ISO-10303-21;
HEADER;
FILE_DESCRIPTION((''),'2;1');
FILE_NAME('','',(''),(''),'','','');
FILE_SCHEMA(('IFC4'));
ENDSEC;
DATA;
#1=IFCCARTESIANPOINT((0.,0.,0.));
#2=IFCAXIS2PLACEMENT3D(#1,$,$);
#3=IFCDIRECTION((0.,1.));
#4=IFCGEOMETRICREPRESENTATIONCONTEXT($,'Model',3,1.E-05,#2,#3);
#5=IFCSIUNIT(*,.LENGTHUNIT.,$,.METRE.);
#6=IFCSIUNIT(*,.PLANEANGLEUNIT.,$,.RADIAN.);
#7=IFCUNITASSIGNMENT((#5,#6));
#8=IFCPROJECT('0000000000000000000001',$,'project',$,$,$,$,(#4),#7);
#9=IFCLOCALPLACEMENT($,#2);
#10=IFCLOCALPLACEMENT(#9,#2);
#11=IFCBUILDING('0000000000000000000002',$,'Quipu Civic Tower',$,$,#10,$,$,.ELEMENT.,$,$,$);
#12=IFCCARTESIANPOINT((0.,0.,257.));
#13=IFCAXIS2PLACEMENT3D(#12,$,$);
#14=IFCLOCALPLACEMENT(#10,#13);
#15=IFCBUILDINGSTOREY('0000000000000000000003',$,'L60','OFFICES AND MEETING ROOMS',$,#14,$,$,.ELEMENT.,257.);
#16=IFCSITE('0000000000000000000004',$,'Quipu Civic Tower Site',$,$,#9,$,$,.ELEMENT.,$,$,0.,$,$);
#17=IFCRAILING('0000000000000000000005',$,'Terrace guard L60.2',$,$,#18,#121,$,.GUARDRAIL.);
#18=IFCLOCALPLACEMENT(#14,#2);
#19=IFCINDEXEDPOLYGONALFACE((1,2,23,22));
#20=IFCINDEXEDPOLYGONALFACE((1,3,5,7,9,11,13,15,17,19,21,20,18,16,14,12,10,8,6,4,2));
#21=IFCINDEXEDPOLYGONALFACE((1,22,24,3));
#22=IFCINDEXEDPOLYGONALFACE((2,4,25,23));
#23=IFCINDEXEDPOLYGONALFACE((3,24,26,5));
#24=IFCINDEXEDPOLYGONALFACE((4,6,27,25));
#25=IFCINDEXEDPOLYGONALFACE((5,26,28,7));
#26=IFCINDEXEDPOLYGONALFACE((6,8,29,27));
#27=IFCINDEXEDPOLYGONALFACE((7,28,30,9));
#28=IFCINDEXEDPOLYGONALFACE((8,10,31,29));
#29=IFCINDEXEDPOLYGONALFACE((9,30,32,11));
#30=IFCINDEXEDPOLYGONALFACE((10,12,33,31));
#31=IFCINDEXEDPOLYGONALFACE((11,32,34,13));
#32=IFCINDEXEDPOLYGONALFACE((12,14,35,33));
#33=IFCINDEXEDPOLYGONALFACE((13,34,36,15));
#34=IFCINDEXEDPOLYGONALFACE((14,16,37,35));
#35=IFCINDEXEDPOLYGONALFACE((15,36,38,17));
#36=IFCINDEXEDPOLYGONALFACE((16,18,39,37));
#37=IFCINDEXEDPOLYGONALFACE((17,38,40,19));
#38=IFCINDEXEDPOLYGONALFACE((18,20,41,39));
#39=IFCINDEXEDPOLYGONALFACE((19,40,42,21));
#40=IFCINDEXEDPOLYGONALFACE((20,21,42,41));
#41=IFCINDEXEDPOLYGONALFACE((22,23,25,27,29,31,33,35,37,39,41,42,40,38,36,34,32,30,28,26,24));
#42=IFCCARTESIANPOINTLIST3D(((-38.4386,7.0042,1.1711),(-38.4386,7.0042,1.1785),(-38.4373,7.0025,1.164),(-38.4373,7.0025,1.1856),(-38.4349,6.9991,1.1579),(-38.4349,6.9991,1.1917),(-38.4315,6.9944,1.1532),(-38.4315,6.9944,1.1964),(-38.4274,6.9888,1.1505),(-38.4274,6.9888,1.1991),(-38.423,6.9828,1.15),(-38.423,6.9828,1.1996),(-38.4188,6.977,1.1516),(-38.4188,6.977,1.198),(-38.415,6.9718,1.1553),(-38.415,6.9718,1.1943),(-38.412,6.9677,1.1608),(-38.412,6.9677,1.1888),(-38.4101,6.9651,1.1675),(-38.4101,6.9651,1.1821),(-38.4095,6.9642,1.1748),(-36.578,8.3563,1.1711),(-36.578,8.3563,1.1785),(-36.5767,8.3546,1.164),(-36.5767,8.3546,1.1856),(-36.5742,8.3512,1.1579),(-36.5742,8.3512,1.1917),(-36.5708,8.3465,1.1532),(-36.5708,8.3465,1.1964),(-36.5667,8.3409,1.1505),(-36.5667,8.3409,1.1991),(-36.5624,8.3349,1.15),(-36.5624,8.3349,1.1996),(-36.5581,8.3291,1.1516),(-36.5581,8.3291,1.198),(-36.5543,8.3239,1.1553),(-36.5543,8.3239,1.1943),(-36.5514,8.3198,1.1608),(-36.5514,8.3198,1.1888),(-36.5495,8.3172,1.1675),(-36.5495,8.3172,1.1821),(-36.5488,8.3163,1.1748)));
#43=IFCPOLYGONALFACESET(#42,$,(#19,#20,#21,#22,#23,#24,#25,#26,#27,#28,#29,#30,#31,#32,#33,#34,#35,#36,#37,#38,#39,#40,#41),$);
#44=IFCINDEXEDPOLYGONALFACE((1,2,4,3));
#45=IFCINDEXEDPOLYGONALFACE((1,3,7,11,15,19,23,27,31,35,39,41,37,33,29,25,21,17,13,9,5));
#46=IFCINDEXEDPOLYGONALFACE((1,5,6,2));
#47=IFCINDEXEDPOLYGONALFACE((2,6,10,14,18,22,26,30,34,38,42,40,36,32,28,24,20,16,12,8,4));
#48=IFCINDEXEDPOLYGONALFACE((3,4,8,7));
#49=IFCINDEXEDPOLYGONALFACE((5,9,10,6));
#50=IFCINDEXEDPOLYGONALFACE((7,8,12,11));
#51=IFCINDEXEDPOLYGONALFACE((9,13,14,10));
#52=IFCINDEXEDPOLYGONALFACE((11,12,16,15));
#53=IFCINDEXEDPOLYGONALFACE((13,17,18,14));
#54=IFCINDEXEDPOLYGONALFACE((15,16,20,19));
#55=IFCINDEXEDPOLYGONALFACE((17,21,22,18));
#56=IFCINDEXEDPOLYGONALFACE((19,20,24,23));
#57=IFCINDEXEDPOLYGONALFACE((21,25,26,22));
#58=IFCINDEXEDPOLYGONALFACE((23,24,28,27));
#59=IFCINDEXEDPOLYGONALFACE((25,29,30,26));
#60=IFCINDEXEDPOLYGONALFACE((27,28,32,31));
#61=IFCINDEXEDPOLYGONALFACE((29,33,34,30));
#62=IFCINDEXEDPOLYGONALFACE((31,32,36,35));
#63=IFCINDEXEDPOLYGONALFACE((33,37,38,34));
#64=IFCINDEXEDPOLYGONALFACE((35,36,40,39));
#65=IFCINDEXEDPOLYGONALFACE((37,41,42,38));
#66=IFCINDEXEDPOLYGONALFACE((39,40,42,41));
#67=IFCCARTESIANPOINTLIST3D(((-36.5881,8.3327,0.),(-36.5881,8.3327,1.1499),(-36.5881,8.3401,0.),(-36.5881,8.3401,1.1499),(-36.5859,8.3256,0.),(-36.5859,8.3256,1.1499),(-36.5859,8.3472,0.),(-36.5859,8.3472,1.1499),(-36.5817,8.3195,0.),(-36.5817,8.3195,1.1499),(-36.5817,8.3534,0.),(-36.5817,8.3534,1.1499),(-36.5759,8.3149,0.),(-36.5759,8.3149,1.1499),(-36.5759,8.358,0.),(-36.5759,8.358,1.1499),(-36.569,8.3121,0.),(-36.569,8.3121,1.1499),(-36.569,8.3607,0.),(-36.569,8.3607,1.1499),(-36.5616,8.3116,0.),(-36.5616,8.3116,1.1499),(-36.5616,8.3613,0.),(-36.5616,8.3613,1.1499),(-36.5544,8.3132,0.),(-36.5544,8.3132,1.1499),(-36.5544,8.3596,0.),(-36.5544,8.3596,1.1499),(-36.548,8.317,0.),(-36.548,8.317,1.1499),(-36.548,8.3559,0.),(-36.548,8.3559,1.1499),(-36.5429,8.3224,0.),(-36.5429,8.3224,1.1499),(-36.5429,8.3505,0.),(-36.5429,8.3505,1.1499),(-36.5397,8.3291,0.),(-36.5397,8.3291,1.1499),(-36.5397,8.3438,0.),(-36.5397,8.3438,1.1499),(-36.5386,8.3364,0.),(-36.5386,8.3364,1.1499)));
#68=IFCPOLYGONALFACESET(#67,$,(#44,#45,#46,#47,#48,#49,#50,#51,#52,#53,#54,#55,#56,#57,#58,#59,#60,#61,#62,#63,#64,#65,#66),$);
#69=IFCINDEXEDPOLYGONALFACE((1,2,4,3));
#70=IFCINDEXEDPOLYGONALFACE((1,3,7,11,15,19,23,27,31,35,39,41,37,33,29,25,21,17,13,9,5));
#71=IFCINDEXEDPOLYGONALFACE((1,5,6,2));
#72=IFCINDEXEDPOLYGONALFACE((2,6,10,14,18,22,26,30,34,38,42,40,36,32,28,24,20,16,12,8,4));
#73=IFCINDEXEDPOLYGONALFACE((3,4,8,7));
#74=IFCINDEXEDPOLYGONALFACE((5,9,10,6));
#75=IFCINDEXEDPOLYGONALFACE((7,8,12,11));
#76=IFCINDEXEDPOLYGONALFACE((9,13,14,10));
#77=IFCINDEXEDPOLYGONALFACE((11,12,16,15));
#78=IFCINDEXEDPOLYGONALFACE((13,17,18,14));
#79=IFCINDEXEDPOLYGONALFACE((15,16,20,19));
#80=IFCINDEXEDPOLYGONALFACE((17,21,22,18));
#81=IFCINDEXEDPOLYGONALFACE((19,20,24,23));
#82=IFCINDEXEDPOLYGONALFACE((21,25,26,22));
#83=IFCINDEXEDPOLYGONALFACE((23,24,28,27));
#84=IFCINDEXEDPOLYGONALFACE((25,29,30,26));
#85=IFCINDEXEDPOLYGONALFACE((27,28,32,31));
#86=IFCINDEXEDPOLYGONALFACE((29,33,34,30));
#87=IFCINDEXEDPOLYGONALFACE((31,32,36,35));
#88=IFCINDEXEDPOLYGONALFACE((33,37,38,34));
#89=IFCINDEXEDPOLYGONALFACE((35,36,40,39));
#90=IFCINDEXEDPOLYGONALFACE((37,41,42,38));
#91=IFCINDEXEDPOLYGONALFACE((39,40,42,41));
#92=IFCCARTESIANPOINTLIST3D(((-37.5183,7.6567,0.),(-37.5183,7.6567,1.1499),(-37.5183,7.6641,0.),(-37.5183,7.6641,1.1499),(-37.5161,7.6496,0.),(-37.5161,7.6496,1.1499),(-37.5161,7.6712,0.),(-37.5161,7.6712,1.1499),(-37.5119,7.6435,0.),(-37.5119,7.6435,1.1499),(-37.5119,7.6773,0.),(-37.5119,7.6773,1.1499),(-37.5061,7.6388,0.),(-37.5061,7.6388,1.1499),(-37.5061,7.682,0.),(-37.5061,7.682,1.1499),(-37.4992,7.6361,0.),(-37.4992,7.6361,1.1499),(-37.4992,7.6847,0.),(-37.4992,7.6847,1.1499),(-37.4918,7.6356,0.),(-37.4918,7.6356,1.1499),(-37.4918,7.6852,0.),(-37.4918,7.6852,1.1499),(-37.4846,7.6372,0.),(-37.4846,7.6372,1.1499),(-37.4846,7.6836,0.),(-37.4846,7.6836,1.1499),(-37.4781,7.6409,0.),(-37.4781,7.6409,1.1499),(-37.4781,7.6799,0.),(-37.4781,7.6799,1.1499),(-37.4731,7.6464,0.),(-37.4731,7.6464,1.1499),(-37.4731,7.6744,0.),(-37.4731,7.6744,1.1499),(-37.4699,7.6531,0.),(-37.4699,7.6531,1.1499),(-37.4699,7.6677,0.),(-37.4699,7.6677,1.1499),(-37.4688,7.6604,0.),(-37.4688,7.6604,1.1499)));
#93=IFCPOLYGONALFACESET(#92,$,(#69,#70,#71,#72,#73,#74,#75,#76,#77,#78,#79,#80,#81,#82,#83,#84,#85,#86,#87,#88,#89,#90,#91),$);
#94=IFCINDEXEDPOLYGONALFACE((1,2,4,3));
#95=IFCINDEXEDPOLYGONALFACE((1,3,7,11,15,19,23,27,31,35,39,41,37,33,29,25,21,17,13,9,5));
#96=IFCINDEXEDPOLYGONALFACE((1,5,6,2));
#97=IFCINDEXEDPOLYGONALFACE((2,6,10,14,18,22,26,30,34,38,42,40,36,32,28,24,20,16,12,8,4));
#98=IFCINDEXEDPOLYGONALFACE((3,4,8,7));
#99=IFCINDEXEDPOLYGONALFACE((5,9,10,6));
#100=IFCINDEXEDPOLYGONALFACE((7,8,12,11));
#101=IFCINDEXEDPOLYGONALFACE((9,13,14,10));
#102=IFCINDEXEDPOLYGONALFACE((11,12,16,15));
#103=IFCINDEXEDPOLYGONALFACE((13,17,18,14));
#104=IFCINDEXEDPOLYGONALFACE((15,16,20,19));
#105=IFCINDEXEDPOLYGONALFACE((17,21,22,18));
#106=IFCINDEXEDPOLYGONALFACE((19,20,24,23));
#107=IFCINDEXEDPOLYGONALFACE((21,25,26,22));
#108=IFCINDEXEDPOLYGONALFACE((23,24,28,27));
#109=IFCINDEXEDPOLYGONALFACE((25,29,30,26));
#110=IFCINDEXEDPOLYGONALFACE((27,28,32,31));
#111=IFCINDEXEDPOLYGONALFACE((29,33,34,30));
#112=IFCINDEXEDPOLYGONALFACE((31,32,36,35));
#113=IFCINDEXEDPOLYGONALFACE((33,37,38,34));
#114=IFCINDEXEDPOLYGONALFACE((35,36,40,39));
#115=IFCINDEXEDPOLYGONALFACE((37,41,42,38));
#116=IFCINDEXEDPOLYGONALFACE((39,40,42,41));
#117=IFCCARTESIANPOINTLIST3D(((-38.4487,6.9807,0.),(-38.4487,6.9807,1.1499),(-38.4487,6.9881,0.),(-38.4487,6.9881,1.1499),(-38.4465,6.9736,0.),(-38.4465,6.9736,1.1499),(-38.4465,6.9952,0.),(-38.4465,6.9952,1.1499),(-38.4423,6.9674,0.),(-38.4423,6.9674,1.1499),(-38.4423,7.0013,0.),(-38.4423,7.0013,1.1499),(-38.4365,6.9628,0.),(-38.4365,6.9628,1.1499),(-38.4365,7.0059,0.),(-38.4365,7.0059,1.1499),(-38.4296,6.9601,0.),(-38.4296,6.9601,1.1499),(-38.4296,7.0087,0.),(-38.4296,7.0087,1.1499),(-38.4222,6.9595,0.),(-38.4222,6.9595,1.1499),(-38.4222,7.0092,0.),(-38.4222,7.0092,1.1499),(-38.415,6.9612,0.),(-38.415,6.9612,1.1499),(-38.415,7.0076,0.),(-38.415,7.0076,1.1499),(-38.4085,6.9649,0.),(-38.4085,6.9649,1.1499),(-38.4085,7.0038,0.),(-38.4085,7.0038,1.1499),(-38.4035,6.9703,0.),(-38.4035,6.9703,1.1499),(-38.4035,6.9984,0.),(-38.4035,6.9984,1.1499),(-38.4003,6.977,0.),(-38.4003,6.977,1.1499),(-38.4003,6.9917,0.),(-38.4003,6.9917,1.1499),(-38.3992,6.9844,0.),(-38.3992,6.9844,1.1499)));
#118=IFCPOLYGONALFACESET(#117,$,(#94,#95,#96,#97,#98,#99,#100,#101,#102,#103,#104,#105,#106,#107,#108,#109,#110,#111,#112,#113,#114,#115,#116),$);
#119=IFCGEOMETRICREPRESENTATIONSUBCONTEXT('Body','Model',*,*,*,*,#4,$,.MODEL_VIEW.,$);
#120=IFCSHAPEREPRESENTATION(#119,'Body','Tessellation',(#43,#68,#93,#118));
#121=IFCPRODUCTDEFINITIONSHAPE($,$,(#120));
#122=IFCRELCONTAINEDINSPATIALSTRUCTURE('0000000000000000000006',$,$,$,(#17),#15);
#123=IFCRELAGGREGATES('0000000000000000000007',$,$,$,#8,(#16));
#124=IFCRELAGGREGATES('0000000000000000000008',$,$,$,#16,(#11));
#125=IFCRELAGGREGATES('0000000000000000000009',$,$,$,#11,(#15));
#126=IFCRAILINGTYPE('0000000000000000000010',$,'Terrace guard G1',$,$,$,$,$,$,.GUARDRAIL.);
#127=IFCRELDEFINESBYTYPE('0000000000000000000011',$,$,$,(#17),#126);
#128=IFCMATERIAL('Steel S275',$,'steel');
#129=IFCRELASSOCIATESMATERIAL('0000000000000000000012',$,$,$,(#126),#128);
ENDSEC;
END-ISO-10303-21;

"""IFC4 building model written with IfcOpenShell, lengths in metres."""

from ifc_helpers import new_model, si_unit, direction, frame, origin, origin_2d, place, context, subcontext, project, spatial, circle, extrude, material, type_object, element, save


model = new_model("IFC4")

# Units and contexts
model_context = context("Model", 3, precision=1e-05, world=origin(), true_north=direction((0.0, 1.0)))
body_context = subcontext(model_context, "Body", "Model", "MODEL_VIEW")
ifc_project = project(units=[si_unit("LENGTHUNIT", "METRE"), si_unit("PLANEANGLEUNIT", "RADIAN")], contexts=[model_context])

# Site, building, storey
site_placement = place(None, origin())
site = spatial("IfcSite", under=ifc_project, at=site_placement, Name="Quipu Civic Tower Site", CompositionType="ELEMENT", RefElevation=0.0)
building_placement = place(site_placement, origin())
building = spatial("IfcBuilding", under=site, at=building_placement, Name="Quipu Civic Tower", CompositionType="ELEMENT")
storey_placement = place(building_placement, frame((0.0, 0.0, 257.0)))
storey = spatial("IfcBuildingStorey", under=building, at=storey_placement, Name="L60", Description="OFFICES AND MEETING ROOMS", CompositionType="ELEMENT", Elevation=257.0)

# Railing
ifc_material_1 = material(Name="Steel S275", Category="steel")
railing_type = type_object("IfcRailingType", Name="Terrace guard G1", PredefinedType="GUARDRAIL", material=ifc_material_1)
railing_1_placement = place(storey_placement, frame((-36.5635, 8.3364, 0.0)))
element("IfcRailing", 1, at=railing_1_placement, inside=storey, type_object=railing_type, Name="Terrace guard L60.2", PredefinedType="GUARDRAIL", context=body_context, shape_type="SweptSolid", body=[
    extrude(circle(Radius=0.0249, at=origin_2d()), frame((0.0, 0.0, 1.1748), z_axis=(-0.808966, -0.587856, 0.0), x_axis=(0.587856, -0.808966, 0.0)), (0.0, 0.0, 1.0), 2.3),
    extrude(circle(Radius=0.0249, at=origin_2d()), origin(), (0.0, 0.0, 1.0), 1.1499),
    extrude(circle(Radius=0.0249, at=origin_2d()), frame((-0.9302, -0.676, 0.0)), (0.0, 0.0, 1.0), 1.1499),
    extrude(circle(Radius=0.0249, at=origin_2d()), frame((-1.8606, -1.3521, 0.0)), (0.0, 0.0, 1.0), 1.1499),
])

save(model, "model.ifc")
